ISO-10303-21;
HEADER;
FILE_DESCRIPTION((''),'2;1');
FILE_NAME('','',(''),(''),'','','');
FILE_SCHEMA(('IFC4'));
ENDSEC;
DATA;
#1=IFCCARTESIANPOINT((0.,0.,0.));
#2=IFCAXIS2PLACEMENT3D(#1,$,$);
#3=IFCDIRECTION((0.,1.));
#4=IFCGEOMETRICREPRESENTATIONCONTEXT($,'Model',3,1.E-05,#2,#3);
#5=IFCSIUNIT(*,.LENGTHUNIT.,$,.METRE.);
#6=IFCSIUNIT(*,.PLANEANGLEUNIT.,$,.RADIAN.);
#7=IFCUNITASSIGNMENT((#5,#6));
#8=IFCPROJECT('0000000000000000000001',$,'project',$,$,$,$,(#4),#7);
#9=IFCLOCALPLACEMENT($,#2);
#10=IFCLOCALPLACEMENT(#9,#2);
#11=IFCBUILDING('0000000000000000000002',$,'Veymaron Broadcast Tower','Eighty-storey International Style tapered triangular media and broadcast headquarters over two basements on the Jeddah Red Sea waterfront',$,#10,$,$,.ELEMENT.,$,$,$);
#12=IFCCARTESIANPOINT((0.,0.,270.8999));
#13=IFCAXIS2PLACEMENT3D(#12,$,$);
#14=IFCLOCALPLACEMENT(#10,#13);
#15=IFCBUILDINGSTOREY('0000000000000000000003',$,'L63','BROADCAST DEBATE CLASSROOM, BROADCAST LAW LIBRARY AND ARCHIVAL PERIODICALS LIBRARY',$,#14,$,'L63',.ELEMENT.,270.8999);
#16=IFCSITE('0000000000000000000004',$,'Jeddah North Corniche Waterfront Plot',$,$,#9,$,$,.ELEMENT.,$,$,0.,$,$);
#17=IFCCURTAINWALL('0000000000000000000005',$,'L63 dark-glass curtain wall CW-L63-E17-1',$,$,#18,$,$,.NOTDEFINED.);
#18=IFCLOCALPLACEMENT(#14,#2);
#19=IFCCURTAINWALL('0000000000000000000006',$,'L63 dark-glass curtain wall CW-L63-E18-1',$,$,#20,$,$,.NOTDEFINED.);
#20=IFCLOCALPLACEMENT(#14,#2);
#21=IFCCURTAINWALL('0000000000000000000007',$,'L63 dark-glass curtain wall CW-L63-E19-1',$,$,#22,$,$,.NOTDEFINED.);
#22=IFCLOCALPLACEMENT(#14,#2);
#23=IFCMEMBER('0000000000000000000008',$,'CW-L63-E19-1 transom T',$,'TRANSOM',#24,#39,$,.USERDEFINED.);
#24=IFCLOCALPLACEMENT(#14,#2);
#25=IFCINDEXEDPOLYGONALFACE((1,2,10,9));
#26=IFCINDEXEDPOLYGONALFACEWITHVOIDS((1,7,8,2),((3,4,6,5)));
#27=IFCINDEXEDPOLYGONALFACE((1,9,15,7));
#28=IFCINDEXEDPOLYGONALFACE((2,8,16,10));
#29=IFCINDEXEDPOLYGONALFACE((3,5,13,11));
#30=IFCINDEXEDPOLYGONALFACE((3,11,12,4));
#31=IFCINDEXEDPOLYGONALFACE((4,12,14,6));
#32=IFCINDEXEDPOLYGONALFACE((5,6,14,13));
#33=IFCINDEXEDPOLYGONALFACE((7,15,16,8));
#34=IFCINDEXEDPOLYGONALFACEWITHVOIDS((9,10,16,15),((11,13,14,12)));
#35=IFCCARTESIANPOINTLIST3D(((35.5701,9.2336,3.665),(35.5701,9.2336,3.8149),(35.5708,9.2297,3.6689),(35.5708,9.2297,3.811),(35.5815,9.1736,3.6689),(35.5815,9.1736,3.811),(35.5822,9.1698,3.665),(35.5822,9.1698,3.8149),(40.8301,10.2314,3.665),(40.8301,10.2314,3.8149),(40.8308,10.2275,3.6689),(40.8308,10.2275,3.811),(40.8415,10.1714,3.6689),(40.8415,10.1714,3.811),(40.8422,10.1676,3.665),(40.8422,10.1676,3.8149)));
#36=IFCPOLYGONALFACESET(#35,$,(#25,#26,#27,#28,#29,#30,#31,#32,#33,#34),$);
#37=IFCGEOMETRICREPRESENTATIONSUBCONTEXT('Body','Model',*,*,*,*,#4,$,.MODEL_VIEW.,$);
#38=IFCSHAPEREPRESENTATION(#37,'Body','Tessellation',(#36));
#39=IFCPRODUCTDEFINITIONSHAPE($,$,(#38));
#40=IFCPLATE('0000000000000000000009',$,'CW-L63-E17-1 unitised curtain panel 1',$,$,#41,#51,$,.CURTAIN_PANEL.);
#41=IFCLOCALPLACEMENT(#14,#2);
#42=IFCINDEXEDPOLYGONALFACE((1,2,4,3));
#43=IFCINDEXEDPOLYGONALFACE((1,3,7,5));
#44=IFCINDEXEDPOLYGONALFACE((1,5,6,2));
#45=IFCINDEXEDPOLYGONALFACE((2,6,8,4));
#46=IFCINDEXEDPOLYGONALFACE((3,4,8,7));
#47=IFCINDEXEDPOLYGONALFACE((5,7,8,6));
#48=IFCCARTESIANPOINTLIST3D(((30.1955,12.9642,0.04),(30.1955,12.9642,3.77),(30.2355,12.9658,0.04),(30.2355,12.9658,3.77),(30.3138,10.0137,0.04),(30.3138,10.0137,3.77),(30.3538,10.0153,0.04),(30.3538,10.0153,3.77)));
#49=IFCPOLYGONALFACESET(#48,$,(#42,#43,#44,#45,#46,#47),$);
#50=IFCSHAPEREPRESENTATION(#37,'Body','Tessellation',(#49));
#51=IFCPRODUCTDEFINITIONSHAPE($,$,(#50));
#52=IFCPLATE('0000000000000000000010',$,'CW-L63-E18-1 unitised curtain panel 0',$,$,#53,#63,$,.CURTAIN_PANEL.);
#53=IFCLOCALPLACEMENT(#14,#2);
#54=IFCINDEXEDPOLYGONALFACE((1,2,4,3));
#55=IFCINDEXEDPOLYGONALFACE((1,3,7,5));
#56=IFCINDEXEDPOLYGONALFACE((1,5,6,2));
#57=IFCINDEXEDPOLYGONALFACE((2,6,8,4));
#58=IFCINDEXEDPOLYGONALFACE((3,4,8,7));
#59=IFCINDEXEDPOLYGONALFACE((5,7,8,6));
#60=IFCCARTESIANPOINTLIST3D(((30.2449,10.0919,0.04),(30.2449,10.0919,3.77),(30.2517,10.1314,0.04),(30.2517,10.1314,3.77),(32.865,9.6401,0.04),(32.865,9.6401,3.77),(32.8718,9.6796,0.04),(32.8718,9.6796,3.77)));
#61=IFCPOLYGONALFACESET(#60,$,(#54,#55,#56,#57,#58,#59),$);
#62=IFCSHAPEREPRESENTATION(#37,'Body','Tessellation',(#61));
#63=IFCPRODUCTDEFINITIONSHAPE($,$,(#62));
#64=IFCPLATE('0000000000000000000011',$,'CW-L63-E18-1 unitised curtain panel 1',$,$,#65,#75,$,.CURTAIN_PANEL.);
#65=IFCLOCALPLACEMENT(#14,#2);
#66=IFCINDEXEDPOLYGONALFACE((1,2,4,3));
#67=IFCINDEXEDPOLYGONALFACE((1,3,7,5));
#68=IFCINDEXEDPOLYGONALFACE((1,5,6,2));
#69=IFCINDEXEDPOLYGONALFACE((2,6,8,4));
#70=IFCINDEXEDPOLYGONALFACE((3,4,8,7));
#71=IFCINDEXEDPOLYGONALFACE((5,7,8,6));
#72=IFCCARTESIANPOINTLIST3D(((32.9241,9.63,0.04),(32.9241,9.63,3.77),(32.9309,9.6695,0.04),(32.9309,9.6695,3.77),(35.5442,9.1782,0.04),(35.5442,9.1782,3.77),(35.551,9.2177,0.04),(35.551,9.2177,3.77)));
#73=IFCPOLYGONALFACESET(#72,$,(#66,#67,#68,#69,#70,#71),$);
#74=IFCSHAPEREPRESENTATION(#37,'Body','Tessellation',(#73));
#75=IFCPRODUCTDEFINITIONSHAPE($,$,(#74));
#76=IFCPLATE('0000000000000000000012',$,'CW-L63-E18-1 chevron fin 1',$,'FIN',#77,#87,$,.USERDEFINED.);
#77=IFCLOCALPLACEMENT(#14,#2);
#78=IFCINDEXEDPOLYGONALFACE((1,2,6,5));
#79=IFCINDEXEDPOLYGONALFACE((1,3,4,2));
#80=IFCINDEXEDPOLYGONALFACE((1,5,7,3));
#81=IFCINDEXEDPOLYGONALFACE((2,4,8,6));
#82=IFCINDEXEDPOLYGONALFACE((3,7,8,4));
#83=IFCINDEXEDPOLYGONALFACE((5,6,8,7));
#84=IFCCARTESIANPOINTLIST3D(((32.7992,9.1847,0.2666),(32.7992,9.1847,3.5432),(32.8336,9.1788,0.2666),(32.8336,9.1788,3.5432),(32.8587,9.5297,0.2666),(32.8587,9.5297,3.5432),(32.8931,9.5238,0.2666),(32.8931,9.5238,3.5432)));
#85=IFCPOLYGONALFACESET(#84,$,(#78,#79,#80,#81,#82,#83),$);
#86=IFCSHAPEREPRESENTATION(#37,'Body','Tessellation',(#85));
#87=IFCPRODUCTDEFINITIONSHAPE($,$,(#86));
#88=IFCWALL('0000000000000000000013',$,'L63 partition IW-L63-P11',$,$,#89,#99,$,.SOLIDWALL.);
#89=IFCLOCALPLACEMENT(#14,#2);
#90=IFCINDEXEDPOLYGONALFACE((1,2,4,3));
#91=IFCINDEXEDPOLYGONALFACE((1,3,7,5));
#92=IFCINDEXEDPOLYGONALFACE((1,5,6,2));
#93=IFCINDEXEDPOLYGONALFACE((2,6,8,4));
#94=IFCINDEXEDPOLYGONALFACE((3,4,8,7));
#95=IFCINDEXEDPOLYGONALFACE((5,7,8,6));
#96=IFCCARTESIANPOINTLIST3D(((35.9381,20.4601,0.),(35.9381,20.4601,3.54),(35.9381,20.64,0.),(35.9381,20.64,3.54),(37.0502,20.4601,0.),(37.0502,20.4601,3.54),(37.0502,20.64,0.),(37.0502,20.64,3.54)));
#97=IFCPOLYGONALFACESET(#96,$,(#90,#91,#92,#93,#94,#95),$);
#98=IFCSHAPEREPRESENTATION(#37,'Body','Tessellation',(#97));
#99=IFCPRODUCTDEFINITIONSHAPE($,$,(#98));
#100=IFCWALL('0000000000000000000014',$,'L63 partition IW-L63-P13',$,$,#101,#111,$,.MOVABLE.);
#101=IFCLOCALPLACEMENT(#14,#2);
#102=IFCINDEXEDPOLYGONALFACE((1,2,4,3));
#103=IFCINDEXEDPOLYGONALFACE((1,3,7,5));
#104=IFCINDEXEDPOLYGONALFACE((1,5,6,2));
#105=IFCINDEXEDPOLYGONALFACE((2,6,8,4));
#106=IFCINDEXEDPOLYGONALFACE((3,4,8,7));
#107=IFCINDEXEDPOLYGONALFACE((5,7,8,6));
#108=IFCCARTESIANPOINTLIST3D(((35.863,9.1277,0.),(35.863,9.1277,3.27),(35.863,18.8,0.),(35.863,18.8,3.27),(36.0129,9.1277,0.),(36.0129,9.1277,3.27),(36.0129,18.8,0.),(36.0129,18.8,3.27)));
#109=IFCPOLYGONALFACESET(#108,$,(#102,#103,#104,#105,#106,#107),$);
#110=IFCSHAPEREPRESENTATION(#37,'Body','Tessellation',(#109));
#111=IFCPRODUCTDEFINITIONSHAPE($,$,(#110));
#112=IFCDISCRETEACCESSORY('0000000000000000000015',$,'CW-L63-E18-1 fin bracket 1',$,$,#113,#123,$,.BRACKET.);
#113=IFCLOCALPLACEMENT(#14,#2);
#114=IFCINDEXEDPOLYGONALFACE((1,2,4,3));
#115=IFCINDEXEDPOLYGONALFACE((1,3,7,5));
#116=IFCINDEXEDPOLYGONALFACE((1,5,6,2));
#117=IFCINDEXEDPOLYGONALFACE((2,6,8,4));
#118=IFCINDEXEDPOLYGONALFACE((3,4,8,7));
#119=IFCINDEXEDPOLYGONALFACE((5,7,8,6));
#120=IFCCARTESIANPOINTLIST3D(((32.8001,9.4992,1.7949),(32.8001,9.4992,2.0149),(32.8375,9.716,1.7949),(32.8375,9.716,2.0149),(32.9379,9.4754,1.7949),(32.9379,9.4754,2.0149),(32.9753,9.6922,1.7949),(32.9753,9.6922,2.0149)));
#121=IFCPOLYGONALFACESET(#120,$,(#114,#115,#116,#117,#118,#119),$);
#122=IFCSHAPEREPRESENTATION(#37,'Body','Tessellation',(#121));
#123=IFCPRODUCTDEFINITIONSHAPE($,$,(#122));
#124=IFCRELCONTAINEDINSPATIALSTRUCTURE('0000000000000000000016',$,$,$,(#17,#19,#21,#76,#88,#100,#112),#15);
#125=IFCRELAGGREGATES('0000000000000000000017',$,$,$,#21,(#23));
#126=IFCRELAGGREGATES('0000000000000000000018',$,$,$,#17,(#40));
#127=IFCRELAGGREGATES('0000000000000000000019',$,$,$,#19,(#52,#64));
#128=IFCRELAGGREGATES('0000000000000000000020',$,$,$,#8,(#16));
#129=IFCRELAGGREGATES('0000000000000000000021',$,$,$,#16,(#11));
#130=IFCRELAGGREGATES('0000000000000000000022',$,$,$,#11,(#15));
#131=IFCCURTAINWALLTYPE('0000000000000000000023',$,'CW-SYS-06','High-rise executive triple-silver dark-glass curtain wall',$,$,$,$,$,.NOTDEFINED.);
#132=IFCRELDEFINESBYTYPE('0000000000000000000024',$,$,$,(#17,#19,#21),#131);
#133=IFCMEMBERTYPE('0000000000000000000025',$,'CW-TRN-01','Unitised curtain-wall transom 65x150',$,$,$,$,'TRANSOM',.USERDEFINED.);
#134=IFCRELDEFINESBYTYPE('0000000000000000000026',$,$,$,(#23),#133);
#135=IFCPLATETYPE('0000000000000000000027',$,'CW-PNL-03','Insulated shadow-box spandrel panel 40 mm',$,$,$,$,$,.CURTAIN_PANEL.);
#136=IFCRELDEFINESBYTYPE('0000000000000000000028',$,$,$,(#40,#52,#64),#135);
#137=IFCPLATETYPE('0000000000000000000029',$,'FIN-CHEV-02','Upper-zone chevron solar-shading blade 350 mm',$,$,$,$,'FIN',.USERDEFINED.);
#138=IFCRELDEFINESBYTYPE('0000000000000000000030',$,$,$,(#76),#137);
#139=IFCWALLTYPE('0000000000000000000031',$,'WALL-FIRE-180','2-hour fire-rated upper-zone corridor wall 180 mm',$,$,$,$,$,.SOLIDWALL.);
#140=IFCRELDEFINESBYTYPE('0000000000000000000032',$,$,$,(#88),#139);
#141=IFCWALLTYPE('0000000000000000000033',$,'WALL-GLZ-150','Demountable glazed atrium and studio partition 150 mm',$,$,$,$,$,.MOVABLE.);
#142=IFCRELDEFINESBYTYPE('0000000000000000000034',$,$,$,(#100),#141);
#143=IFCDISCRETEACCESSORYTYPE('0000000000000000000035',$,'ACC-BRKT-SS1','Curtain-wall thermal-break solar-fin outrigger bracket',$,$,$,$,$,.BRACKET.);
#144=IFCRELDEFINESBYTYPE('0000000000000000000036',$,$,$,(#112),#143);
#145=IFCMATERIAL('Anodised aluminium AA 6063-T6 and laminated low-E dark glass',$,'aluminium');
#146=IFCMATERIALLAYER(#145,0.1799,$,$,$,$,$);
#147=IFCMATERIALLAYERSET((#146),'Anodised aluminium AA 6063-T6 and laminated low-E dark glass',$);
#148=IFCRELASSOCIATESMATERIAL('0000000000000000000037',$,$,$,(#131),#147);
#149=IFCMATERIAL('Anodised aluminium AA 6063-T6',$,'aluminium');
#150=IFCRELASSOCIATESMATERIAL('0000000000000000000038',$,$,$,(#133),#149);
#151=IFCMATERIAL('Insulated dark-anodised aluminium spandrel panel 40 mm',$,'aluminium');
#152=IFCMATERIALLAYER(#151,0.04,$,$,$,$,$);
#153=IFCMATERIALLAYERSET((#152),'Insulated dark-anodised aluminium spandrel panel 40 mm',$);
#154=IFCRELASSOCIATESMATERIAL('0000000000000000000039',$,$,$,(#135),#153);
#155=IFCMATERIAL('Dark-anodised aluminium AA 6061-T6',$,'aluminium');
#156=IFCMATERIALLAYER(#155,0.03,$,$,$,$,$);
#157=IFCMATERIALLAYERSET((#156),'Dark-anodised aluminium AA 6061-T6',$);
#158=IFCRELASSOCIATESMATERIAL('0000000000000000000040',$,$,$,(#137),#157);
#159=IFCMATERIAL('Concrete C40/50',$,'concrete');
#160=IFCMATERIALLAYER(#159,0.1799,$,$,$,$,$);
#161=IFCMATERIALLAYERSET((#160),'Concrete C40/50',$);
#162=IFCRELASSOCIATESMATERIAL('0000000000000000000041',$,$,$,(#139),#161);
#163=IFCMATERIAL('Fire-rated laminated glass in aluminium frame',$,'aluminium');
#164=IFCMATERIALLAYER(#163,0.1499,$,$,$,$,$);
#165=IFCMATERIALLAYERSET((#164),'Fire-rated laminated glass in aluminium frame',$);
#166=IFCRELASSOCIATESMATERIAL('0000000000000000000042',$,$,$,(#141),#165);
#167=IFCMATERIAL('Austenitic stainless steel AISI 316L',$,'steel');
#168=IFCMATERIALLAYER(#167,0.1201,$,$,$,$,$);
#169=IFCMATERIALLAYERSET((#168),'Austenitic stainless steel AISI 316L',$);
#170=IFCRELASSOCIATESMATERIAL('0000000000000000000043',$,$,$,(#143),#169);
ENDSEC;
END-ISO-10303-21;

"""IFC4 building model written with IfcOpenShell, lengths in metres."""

from ifc_helpers import new_model, si_unit, direction, frame, frame_2d, origin, origin_2d, place, context, subcontext, project, spatial, rectangle, hollow_rectangle, extrude, material, layer, layer_set, material_profile, profile_set, type_object, element, aggregate, save


model = new_model("IFC4")

# Units and contexts
model_context = context("Model", 3, precision=1e-05, world=origin(), true_north=direction((0.0, 1.0)))
body_context = subcontext(model_context, "Body", "Model", "MODEL_VIEW")
ifc_project = project(units=[si_unit("LENGTHUNIT", "METRE"), si_unit("PLANEANGLEUNIT", "RADIAN")], contexts=[model_context])

# Site, building, storey
site_placement = place(None, origin())
site = spatial("IfcSite", under=ifc_project, at=site_placement, Name="Jeddah North Corniche Waterfront Plot", CompositionType="ELEMENT", RefElevation=0.0)
building_placement = place(site_placement, origin())
building = spatial("IfcBuilding", under=site, at=building_placement, Name="Veymaron Broadcast Tower", Description="Eighty-storey International Style tapered triangular media and broadcast headquarters over two basements on the Jeddah Red Sea waterfront", CompositionType="ELEMENT")
storey_placement = place(building_placement, frame((0.0, 0.0, 270.8999)))
storey = spatial("IfcBuildingStorey", under=building, at=storey_placement, Name="L63", Description="BROADCAST DEBATE CLASSROOM, BROADCAST LAW LIBRARY AND ARCHIVAL PERIODICALS LIBRARY", LongName="L63", CompositionType="ELEMENT", Elevation=270.8999)

# Curtain wall
ifc_material_1 = material(Name="Anodised aluminium AA 6063-T6 and laminated low-E dark glass", Category="aluminium")
ifc_layer_1 = layer(ifc_material_1, 0.1799)
ifc_layer_set_1 = layer_set([ifc_layer_1], Name="Anodised aluminium AA 6063-T6 and laminated low-E dark glass")
curtain_wall_type = type_object("IfcCurtainWallType", Name="CW-SYS-06", Description="High-rise executive triple-silver dark-glass curtain wall", PredefinedType="NOTDEFINED", material=ifc_layer_set_1)
curtain_wall_1_placement = place(storey_placement, origin())
curtain_wall_1 = element("IfcCurtainWall", 1, at=curtain_wall_1_placement, inside=storey, type_object=curtain_wall_type, Name="L63 dark-glass curtain wall CW-L63-E17-1", PredefinedType="NOTDEFINED")
ifc_material_2 = material(Name="Anodised aluminium AA 6063-T6", Category="aluminium")

# Curtain wall
curtain_wall_2_placement = place(storey_placement, origin())
curtain_wall_2 = element("IfcCurtainWall", 2, at=curtain_wall_2_placement, inside=storey, type_object=curtain_wall_type, Name="L63 dark-glass curtain wall CW-L63-E18-1", PredefinedType="NOTDEFINED")

# Curtain wall
curtain_wall_3_placement = place(storey_placement, origin())
curtain_wall_3 = element("IfcCurtainWall", 3, at=curtain_wall_3_placement, inside=storey, type_object=curtain_wall_type, Name="L63 dark-glass curtain wall CW-L63-E19-1", PredefinedType="NOTDEFINED")

# Member
ifc_material_profile_1 = material_profile(ifc_material_2, hollow_rectangle(XDim=0.0649, YDim=0.1499, WallThickness=0.0039, at=origin_2d()), Name="AL150X65X4")
ifc_profile_set_1 = profile_set([ifc_material_profile_1], Name="Anodised aluminium AA 6063-T6")
member_type_1 = type_object("IfcMemberType", Name="CW-TRN-01", Description="Unitised curtain-wall transom 65x150", ElementType="TRANSOM", PredefinedType="USERDEFINED", material=ifc_profile_set_1)
member_1_placement = place(storey_placement, frame((35.5762, 9.2017, 3.74), z_axis=(0.982479, 0.186372, 0.0), x_axis=(-0.186372, 0.982479, 0.0)))
member_1 = element("IfcMember", 4, at=member_1_placement, type_object=member_type_1, Name="CW-L63-E19-1 transom T", ObjectType="TRANSOM", PredefinedType="USERDEFINED", context=body_context, shape_type="SweptSolid", body=[
    extrude(hollow_rectangle(XDim=0.0649, YDim=0.1499, WallThickness=0.0039, at=origin_2d()), origin(), (0.0, 0.0, 1.0), 5.3538),
])
aggregate(curtain_wall_3, [member_1])

# Plates
ifc_material_3 = material(Name="Insulated dark-anodised aluminium spandrel panel 40 mm", Category="aluminium")
ifc_layer_2 = layer(ifc_material_3, 0.04)
ifc_layer_set_2 = layer_set([ifc_layer_2], Name="Insulated dark-anodised aluminium spandrel panel 40 mm")
plate_type_1 = type_object("IfcPlateType", Name="CW-PNL-03", Description="Insulated shadow-box spandrel panel 40 mm", PredefinedType="CURTAIN_PANEL", material=ifc_layer_set_2)
plate_1_placement = place(storey_placement, frame((30.2747, 11.4897, 0.04), z_axis=(0.0, 0.0, 1.0), x_axis=(0.040045, -0.999198, 0.0)))
plate_1 = element("IfcPlate", 5, at=plate_1_placement, type_object=plate_type_1, Name="CW-L63-E17-1 unitised curtain panel 1", PredefinedType="CURTAIN_PANEL", context=body_context, shape_type="SweptSolid", body=[
    extrude(rectangle(XDim=2.9529, YDim=0.04, at=origin_2d()), origin(), (0.0, 0.0, 1.0), 3.73),
])
aggregate(curtain_wall_1, [plate_1])
plate_2_placement = place(storey_placement, frame((31.5583, 9.8857, 0.04), z_axis=(0.0, 0.0, 1.0), x_axis=(0.985455, -0.169934, 0.0)))
plate_2 = element("IfcPlate", 6, at=plate_2_placement, type_object=plate_type_1, Name="CW-L63-E18-1 unitised curtain panel 0", PredefinedType="CURTAIN_PANEL", context=body_context, shape_type="SweptSolid", body=[
    extrude(rectangle(XDim=2.6587, YDim=0.04, at=origin_2d()), origin(), (0.0, 0.0, 1.0), 3.73),
])
plate_3_placement = place(storey_placement, frame((34.2375, 9.4238, 0.04), z_axis=(0.0, 0.0, 1.0), x_axis=(0.985455, -0.169934, 0.0)))
plate_3 = element("IfcPlate", 7, at=plate_3_placement, type_object=plate_type_1, Name="CW-L63-E18-1 unitised curtain panel 1", PredefinedType="CURTAIN_PANEL", context=body_context, shape_type="SweptSolid", body=[
    extrude(rectangle(XDim=2.6587, YDim=0.04, at=origin_2d()), origin(), (0.0, 0.0, 1.0), 3.73),
])
aggregate(curtain_wall_2, [plate_2, plate_3])
ifc_material_4 = material(Name="Dark-anodised aluminium AA 6061-T6", Category="aluminium")
ifc_layer_3 = layer(ifc_material_4, 0.03)
ifc_layer_set_3 = layer_set([ifc_layer_3], Name="Dark-anodised aluminium AA 6061-T6")
plate_type_2 = type_object("IfcPlateType", Name="FIN-CHEV-02", Description="Upper-zone chevron solar-shading blade 350 mm", ElementType="FIN", PredefinedType="USERDEFINED", material=ifc_layer_set_3)
plate_4_placement = place(storey_placement, frame((32.8462, 9.3542, 0.2666), z_axis=(0.0, 0.0, 1.0), x_axis=(-0.169934, -0.985455, 0.0)))
element("IfcPlate", 8, at=plate_4_placement, inside=storey, type_object=plate_type_2, Name="CW-L63-E18-1 chevron fin 1", ObjectType="FIN", PredefinedType="USERDEFINED", context=body_context, shape_type="SweptSolid", body=[
    extrude(rectangle(XDim=0.3501, YDim=0.0349, at=origin_2d()), origin(), (0.0, 0.0, 1.0), 3.2766),
])

# Shared definitions
ifc_material_5 = material(Name="Concrete C40/50", Category="concrete")
ifc_layer_4 = layer(ifc_material_5, 0.1799)
ifc_layer_set_4 = layer_set([ifc_layer_4], Name="Concrete C40/50")
wall_type_1 = type_object("IfcWallType", Name="WALL-FIRE-180", Description="2-hour fire-rated upper-zone corridor wall 180 mm", PredefinedType="SOLIDWALL", material=ifc_layer_set_4)

# Walls
wall_1_placement = place(storey_placement, frame((35.938, 20.55, 0.0), z_axis=(0.0, 0.0, 1.0), x_axis=(1.0, 0.0, 0.0)))
element("IfcWall", 9, at=wall_1_placement, inside=storey, type_object=wall_type_1, Name="L63 partition IW-L63-P11", PredefinedType="SOLIDWALL", context=body_context, shape_type="SweptSolid", body=[
    extrude(rectangle(XDim=1.1121, YDim=0.1799, at=frame_2d((0.5562, 0.0))), origin(), (0.0, 0.0, 1.0), 3.54),
])
ifc_material_6 = material(Name="Fire-rated laminated glass in aluminium frame", Category="aluminium")
ifc_layer_5 = layer(ifc_material_6, 0.1499)
ifc_layer_set_5 = layer_set([ifc_layer_5], Name="Fire-rated laminated glass in aluminium frame")
wall_type_2 = type_object("IfcWallType", Name="WALL-GLZ-150", Description="Demountable glazed atrium and studio partition 150 mm", PredefinedType="MOVABLE", material=ifc_layer_set_5)
wall_2_placement = place(storey_placement, frame((35.938, 9.1277, 0.0), z_axis=(0.0, 0.0, 1.0), x_axis=(0.0, 1.0, 0.0)))
element("IfcWall", 10, at=wall_2_placement, inside=storey, type_object=wall_type_2, Name="L63 partition IW-L63-P13", PredefinedType="MOVABLE", context=body_context, shape_type="SweptSolid", body=[
    extrude(rectangle(XDim=9.6724, YDim=0.1499, at=frame_2d((4.8362, 0.0))), origin(), (0.0, 0.0, 1.0), 3.27),
])

# Discrete accessory
ifc_material_7 = material(Name="Austenitic stainless steel AISI 316L", Category="steel")
ifc_layer_6 = layer(ifc_material_7, 0.1201)
ifc_layer_set_6 = layer_set([ifc_layer_6], Name="Austenitic stainless steel AISI 316L")
discrete_accessory_type = type_object("IfcDiscreteAccessoryType", Name="ACC-BRKT-SS1", Description="Curtain-wall thermal-break solar-fin outrigger bracket", PredefinedType="BRACKET", material=ifc_layer_set_6)
discrete_accessory_placement = place(storey_placement, frame((32.8877, 9.5957, 1.7949), z_axis=(0.0, 0.0, 1.0), x_axis=(-0.169934, -0.985455, 0.0)))
element("IfcDiscreteAccessory", 11, at=discrete_accessory_placement, inside=storey, type_object=discrete_accessory_type, Name="CW-L63-E18-1 fin bracket 1", PredefinedType="BRACKET", context=body_context, shape_type="SweptSolid", body=[
    extrude(rectangle(XDim=0.22, YDim=0.1399, at=origin_2d()), origin(), (0.0, 0.0, 1.0), 0.22),
])

save(model, "model.ifc")
